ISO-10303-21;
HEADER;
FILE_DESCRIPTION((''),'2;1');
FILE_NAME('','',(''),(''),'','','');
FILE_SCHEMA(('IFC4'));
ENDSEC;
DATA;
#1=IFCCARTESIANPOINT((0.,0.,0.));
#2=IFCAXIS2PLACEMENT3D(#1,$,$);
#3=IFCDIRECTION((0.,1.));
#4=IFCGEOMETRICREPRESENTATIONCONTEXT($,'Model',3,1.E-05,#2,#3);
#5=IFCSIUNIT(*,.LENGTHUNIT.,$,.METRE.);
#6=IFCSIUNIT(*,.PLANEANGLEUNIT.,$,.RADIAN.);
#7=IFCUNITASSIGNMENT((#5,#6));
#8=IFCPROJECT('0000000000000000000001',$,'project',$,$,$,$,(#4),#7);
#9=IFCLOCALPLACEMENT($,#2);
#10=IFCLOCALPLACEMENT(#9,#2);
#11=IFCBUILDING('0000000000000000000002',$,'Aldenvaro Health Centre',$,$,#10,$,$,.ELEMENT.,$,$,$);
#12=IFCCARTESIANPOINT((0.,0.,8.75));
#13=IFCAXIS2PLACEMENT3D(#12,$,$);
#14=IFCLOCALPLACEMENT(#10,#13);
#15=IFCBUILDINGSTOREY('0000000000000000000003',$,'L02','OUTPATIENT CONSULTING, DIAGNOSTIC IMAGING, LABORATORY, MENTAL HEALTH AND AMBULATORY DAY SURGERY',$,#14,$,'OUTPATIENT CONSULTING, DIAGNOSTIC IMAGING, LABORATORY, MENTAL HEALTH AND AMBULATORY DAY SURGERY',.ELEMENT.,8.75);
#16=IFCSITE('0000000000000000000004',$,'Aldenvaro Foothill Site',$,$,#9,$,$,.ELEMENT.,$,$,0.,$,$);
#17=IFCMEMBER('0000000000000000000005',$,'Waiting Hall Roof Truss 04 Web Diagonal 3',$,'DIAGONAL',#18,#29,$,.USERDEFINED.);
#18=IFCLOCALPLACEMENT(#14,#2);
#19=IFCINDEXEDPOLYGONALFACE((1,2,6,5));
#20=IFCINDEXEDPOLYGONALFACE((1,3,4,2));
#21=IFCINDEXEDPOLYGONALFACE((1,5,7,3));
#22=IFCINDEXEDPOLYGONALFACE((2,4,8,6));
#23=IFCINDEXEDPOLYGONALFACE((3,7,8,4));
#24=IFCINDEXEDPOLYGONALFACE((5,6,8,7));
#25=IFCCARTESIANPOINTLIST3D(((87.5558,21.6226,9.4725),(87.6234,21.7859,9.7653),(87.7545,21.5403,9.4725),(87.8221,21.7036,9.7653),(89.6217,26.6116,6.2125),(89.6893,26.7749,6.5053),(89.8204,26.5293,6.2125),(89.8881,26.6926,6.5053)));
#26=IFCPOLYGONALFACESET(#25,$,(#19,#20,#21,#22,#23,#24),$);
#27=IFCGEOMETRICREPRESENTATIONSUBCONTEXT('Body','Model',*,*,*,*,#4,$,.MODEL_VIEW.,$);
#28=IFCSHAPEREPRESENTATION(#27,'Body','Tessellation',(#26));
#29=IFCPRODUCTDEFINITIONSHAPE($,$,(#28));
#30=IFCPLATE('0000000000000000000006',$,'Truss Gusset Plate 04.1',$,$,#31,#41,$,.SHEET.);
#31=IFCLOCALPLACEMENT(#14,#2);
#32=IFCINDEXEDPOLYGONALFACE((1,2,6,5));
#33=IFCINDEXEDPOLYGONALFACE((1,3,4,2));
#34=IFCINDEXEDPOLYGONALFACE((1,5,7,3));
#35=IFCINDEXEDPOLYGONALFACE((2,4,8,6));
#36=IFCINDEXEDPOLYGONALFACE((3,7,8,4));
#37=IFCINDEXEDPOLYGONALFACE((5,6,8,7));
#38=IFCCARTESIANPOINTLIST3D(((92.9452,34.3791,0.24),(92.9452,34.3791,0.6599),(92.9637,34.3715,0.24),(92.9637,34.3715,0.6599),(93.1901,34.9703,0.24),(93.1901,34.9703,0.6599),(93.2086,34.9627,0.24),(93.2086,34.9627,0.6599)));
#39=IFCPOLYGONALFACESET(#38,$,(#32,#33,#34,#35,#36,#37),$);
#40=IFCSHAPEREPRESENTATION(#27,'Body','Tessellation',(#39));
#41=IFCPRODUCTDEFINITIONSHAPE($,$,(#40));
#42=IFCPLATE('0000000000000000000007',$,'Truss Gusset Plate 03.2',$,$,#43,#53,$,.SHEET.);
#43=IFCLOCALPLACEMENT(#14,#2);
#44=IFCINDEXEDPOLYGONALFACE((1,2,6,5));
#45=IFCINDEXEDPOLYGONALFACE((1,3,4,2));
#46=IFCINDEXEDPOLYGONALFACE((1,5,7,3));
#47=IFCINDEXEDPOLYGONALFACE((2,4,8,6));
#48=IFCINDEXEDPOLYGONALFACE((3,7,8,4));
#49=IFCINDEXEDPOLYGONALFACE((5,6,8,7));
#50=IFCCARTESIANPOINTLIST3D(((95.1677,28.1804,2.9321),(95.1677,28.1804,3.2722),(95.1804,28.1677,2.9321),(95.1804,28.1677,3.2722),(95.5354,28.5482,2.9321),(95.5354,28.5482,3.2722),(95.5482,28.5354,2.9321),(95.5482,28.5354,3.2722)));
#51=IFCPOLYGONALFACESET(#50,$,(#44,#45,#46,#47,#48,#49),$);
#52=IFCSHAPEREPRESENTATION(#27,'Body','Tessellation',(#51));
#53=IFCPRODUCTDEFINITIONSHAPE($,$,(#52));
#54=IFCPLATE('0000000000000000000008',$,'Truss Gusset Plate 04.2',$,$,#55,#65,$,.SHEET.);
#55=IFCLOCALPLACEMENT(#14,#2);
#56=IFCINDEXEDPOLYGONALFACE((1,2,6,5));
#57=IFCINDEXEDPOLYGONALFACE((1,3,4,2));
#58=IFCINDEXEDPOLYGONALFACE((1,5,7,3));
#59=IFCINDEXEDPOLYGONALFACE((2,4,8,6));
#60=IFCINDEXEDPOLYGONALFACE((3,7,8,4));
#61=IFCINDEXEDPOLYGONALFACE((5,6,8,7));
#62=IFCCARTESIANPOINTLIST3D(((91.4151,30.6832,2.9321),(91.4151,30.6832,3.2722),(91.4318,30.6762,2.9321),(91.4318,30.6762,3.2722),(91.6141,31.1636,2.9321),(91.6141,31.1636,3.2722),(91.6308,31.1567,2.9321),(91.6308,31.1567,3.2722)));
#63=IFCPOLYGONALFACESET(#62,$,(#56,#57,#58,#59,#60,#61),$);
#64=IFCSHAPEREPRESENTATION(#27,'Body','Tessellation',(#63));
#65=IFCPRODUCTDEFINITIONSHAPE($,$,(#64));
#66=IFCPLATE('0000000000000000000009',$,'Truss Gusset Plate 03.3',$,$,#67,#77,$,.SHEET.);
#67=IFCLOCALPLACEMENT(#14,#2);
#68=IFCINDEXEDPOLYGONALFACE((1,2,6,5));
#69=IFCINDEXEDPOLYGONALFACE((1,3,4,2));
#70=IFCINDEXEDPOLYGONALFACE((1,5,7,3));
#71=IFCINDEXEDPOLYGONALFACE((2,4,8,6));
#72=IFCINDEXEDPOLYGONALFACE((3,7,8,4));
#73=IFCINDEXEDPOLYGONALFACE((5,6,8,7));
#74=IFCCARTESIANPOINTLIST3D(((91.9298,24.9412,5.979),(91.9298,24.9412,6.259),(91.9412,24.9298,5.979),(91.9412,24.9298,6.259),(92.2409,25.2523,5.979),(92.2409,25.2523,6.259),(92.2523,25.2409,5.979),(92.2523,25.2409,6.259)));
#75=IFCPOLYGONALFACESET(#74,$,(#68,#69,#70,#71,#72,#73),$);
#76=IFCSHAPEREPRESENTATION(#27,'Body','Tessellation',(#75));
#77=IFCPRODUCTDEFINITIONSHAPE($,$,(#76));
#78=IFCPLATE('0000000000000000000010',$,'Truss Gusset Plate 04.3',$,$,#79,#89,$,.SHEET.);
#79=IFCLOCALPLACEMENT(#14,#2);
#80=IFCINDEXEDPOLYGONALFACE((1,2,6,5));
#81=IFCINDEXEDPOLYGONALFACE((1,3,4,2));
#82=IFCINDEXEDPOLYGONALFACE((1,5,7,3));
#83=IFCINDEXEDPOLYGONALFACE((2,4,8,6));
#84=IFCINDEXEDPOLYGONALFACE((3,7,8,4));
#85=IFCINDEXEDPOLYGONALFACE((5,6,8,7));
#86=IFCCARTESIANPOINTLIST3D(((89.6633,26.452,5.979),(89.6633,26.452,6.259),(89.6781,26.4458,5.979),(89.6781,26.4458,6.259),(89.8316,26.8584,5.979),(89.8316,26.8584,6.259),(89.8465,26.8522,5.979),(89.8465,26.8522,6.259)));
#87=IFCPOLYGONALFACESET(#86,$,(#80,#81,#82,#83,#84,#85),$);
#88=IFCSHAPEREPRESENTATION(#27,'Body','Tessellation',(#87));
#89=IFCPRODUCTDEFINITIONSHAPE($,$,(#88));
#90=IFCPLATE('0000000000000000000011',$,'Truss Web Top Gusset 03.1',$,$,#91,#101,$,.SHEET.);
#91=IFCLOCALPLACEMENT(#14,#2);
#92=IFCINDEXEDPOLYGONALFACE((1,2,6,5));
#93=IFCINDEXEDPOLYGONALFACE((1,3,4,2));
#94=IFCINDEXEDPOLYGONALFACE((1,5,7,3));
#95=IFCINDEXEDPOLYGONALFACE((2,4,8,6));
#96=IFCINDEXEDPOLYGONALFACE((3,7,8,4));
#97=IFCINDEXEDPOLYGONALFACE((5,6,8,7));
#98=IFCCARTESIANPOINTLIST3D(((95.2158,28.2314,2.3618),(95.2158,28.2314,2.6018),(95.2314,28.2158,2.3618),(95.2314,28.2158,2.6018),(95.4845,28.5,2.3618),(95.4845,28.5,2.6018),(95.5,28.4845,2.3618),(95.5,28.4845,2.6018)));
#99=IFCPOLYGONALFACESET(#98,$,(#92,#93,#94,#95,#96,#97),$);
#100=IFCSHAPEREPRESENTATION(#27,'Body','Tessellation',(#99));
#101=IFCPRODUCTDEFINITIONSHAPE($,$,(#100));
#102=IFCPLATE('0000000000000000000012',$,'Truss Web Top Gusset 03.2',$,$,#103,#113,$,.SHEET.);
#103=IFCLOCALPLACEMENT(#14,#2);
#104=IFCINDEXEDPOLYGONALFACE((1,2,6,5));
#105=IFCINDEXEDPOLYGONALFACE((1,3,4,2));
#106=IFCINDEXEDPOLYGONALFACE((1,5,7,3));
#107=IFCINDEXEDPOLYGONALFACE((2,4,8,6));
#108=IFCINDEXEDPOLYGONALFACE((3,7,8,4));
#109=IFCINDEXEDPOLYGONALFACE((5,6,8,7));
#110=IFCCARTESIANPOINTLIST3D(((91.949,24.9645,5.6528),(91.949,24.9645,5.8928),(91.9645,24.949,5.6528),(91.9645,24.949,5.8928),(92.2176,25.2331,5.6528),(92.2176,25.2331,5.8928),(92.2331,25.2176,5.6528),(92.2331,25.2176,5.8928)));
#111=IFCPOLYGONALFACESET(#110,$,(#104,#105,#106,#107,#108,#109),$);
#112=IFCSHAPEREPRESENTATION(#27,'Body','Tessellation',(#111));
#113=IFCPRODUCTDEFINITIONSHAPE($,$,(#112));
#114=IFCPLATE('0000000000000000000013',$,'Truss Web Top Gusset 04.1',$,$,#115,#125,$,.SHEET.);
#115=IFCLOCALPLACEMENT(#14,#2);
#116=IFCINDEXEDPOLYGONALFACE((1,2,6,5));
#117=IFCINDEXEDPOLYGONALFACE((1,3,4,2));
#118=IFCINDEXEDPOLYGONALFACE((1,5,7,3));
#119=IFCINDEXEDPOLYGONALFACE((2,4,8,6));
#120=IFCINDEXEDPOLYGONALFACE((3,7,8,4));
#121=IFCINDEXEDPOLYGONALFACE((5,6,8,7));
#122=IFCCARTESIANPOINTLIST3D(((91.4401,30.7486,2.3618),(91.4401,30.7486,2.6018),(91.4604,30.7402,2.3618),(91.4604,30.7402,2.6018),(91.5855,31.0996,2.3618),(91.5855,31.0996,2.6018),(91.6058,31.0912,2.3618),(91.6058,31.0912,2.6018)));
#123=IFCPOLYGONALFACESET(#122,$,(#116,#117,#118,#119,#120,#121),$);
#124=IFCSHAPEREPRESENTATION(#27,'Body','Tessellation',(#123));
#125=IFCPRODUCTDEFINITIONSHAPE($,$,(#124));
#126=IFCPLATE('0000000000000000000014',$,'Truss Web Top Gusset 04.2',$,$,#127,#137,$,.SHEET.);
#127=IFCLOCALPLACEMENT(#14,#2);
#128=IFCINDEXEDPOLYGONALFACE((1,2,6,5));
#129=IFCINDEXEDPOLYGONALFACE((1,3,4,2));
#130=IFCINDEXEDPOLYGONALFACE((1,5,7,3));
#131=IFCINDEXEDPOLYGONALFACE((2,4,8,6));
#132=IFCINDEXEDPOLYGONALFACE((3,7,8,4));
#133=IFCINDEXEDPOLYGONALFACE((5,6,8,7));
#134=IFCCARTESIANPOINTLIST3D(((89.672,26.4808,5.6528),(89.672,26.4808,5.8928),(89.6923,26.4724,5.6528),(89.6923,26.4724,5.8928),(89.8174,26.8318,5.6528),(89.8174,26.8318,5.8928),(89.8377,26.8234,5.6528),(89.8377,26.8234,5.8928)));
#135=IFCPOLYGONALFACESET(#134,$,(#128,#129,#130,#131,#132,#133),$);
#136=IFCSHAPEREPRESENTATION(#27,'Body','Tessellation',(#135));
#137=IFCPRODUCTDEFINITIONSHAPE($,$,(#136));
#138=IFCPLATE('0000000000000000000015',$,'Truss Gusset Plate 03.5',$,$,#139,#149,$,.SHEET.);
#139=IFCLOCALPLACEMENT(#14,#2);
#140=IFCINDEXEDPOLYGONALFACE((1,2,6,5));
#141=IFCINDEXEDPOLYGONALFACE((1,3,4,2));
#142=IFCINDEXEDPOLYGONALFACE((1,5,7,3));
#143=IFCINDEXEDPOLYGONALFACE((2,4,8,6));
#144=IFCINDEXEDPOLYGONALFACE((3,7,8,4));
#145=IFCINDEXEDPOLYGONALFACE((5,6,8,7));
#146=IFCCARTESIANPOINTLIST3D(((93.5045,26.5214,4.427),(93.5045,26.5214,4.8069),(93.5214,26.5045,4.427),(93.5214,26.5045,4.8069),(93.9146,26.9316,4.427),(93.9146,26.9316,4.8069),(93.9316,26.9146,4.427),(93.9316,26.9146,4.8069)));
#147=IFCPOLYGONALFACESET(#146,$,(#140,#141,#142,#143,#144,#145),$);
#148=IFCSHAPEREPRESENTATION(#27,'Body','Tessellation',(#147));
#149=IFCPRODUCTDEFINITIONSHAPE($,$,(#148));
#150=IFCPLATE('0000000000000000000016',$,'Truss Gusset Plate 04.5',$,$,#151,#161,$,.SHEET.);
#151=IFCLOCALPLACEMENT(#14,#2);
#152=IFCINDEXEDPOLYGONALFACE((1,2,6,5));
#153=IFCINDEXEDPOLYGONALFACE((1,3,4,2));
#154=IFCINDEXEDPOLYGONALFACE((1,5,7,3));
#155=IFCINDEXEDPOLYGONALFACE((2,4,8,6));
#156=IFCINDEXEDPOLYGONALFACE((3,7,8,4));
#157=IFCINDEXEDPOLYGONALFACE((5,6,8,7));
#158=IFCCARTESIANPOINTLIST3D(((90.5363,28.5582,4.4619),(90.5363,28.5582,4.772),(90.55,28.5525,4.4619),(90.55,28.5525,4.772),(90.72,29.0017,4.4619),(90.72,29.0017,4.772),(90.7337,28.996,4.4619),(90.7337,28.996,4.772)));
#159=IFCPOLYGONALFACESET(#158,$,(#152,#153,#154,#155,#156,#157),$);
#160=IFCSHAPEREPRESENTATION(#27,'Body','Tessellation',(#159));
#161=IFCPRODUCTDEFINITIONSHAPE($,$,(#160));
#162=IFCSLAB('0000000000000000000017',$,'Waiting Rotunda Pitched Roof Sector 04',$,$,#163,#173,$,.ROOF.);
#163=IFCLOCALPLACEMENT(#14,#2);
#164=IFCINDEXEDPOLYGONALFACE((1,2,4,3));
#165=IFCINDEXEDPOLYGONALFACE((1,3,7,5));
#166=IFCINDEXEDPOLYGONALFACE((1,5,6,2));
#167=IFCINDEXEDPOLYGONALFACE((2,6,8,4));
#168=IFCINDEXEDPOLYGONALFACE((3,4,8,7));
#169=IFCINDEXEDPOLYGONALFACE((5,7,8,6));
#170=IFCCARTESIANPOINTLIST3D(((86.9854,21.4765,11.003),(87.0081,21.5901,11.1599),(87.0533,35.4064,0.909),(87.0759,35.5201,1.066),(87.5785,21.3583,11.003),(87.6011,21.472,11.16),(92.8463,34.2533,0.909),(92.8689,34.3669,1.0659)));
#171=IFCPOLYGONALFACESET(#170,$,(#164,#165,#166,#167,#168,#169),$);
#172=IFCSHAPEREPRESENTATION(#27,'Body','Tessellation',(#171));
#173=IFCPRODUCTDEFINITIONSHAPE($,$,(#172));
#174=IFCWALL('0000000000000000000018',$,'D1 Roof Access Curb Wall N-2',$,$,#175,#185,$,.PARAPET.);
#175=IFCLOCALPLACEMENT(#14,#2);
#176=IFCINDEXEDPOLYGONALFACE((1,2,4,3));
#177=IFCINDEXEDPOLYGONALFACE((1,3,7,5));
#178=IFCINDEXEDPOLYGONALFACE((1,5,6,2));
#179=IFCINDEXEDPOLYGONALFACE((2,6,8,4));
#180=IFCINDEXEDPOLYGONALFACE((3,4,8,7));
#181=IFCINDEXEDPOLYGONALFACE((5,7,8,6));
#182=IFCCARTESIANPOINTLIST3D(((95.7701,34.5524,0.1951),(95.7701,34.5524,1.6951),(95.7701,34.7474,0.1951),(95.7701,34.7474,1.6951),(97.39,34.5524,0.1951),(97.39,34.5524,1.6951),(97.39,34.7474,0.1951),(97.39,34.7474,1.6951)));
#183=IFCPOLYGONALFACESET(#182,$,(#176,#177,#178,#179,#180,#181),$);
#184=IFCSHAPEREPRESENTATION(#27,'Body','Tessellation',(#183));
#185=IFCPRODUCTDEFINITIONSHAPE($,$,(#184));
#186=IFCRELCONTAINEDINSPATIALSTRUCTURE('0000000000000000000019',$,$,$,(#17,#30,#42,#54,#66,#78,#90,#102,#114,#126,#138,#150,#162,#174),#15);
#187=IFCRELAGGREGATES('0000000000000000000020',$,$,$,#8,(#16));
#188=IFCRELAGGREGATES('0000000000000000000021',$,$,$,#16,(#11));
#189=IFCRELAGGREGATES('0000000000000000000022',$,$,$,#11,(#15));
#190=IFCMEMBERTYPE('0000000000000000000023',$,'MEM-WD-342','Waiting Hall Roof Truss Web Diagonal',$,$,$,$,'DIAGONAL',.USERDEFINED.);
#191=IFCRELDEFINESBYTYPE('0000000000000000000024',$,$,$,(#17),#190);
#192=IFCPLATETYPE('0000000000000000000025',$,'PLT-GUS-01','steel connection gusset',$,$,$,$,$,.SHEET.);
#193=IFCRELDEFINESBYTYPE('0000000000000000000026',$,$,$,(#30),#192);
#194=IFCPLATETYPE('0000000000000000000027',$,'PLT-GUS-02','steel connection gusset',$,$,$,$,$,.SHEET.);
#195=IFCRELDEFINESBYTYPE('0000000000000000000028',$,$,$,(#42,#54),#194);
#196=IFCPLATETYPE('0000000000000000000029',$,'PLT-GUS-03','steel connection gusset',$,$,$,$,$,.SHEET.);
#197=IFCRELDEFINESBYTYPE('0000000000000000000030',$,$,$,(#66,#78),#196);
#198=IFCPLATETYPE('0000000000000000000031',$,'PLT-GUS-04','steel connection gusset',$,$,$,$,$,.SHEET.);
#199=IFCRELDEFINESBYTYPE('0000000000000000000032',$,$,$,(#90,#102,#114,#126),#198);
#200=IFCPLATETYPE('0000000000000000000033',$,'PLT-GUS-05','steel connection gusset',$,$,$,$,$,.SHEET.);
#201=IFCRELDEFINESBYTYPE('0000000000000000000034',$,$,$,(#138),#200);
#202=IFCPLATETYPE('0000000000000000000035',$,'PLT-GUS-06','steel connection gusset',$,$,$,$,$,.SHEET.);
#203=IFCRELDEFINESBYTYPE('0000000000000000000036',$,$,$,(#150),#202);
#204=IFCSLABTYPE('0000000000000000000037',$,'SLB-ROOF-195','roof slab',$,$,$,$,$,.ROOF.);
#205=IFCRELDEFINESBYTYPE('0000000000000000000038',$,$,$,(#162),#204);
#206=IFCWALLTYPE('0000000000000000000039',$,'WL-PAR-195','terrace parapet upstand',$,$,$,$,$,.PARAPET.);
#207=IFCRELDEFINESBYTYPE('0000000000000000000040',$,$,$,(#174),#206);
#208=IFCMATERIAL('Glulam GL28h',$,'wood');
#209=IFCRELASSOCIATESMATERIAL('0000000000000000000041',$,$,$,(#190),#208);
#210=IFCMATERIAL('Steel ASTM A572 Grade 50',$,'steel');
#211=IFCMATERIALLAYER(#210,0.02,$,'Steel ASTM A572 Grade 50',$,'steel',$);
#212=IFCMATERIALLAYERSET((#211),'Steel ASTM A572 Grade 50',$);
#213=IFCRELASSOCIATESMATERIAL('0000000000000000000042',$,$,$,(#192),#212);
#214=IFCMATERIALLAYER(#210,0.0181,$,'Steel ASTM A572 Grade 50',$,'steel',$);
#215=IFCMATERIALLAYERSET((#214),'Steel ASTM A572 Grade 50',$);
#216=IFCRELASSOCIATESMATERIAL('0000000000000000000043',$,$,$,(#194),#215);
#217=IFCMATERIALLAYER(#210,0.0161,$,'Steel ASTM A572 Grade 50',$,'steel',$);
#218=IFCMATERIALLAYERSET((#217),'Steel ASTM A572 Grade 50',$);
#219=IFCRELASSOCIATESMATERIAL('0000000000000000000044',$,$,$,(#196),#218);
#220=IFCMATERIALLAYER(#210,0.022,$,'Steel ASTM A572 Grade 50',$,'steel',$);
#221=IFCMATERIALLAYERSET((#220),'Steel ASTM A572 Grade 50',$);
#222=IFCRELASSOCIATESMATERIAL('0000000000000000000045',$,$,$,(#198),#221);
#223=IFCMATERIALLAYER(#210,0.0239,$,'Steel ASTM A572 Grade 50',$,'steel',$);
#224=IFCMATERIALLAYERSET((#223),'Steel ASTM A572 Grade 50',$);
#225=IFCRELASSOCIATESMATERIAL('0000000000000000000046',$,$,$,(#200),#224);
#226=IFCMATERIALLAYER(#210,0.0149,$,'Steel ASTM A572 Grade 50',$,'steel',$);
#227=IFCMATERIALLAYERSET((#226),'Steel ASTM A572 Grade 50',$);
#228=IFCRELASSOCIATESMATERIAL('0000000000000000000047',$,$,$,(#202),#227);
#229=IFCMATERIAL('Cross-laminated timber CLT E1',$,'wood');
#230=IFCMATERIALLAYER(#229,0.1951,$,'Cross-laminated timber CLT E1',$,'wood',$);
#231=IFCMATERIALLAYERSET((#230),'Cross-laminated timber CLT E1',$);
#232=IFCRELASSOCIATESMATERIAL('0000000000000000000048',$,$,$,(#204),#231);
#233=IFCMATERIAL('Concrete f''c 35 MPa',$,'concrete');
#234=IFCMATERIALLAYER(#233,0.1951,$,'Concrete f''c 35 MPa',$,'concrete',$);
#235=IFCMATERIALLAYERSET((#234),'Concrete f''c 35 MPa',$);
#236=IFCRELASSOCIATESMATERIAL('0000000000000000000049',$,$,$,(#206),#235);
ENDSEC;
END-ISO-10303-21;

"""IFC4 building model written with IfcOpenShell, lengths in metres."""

from ifc_helpers import new_model, si_unit, direction, frame, frame_2d, origin, origin_2d, place, context, subcontext, project, spatial, polyline, rectangle, outline, extrude, material, layer, layer_set, material_profile, profile_set, type_object, element, save


model = new_model("IFC4")

# Units and contexts
model_context = context("Model", 3, precision=1e-05, world=origin(), true_north=direction((0.0, 1.0)))
body_context = subcontext(model_context, "Body", "Model", "MODEL_VIEW")
ifc_project = project(units=[si_unit("LENGTHUNIT", "METRE"), si_unit("PLANEANGLEUNIT", "RADIAN")], contexts=[model_context])

# Site, building, storey
site_placement = place(None, origin())
site = spatial("IfcSite", under=ifc_project, at=site_placement, Name="Aldenvaro Foothill Site", CompositionType="ELEMENT", RefElevation=0.0)
building_placement = place(site_placement, origin())
building = spatial("IfcBuilding", under=site, at=building_placement, Name="Aldenvaro Health Centre", CompositionType="ELEMENT")
storey_placement = place(building_placement, frame((0.0, 0.0, 8.75)))
storey = spatial("IfcBuildingStorey", under=building, at=storey_placement, Name="L02", Description="OUTPATIENT CONSULTING, DIAGNOSTIC IMAGING, LABORATORY, MENTAL HEALTH AND AMBULATORY DAY SURGERY", LongName="OUTPATIENT CONSULTING, DIAGNOSTIC IMAGING, LABORATORY, MENTAL HEALTH AND AMBULATORY DAY SURGERY", CompositionType="ELEMENT", Elevation=8.75)

# Shared definitions
ifc_material_1 = material(Name="Glulam GL28h", Category="wood")

# Member
ifc_material_profile_1 = material_profile(ifc_material_1, rectangle(XDim=0.2151, YDim=0.342, at=origin_2d()), Name="GL 215x342", Category="wood")
ifc_profile_set_1 = profile_set([ifc_material_profile_1], Name="Glulam GL28h")
member_type_1 = type_object("IfcMemberType", Name="MEM-WD-342", Description="Waiting Hall Roof Truss Web Diagonal", ElementType="DIAGONAL", PredefinedType="USERDEFINED", material=ifc_profile_set_1)
member_1_placement = place(storey_placement, frame((89.7549, 26.6521, 6.3589), z_axis=(-0.327528, -0.790952, 0.516838), x_axis=(0.923919, -0.382589, 0.0)))
element("IfcMember", 1, at=member_1_placement, inside=storey, type_object=member_type_1, Name="Waiting Hall Roof Truss 04 Web Diagonal 3", ObjectType="DIAGONAL", PredefinedType="USERDEFINED", context=body_context, shape_type="SweptSolid", body=[
    extrude(rectangle(XDim=0.2151, YDim=0.342, at=origin_2d()), origin(), (0.0, 0.0, 1.0), 6.3076),
])

# Plates
ifc_material_2 = material(Name="Steel ASTM A572 Grade 50", Category="steel")
ifc_layer_1 = layer(ifc_material_2, 0.02, Name="Steel ASTM A572 Grade 50", Category="steel")
ifc_layer_set_1 = layer_set([ifc_layer_1], Name="Steel ASTM A572 Grade 50")
plate_type_1 = type_object("IfcPlateType", Name="PLT-GUS-01", Description="steel connection gusset", PredefinedType="SHEET", material=ifc_layer_set_1)
plate_1_placement = place(storey_placement, frame((93.0769, 34.6709, 0.24), z_axis=(0.0, 0.0, 1.0), x_axis=(0.382683, 0.92388, 0.0)))
element("IfcPlate", 2, at=plate_1_placement, inside=storey, type_object=plate_type_1, Name="Truss Gusset Plate 04.1", PredefinedType="SHEET", context=body_context, shape_type="SweptSolid", body=[
    extrude(rectangle(XDim=0.6399, YDim=0.02, at=origin_2d()), origin(), (0.0, 0.0, 1.0), 0.4199),
])
ifc_layer_2 = layer(ifc_material_2, 0.0181, Name="Steel ASTM A572 Grade 50", Category="steel")
ifc_layer_set_2 = layer_set([ifc_layer_2], Name="Steel ASTM A572 Grade 50")
plate_type_2 = type_object("IfcPlateType", Name="PLT-GUS-02", Description="steel connection gusset", PredefinedType="SHEET", material=ifc_layer_set_2)
for number, where, z_axis, x_axis, name in (
    (3, (95.3579, 28.3579, 2.9321), (0.0, 0.0, 1.0), (0.707107, 0.707107, 0.0), "Truss Gusset Plate 03.2"),
    (4, (91.5229, 30.9199, 2.9321), (0.0, 0.0, 1.0), (0.382683, 0.92388, 0.0), "Truss Gusset Plate 04.2"),
):
    element("IfcPlate", number, at=place(storey_placement, frame(where, z_axis=z_axis, x_axis=x_axis)), inside=storey, type_object=plate_type_2, Name=name, PredefinedType="SHEET", context=body_context, shape_type="SweptSolid", body=[
        extrude(rectangle(XDim=0.52, YDim=0.0181, at=origin_2d()), origin(), (0.0, 0.0, 1.0), 0.3401),
    ])
ifc_layer_3 = layer(ifc_material_2, 0.0161, Name="Steel ASTM A572 Grade 50", Category="steel")
ifc_layer_set_3 = layer_set([ifc_layer_3], Name="Steel ASTM A572 Grade 50")
plate_type_3 = type_object("IfcPlateType", Name="PLT-GUS-03", Description="steel connection gusset", PredefinedType="SHEET", material=ifc_layer_set_3)
for number, where, z_axis, x_axis, name in (
    (5, (92.0911, 25.0911, 5.979), (0.0, 0.0, 1.0), (0.707107, 0.707107, 0.0), "Truss Gusset Plate 03.3"),
    (6, (89.7549, 26.6521, 5.979), (0.0, 0.0, 1.0), (0.382683, 0.92388, 0.0), "Truss Gusset Plate 04.3"),
):
    element("IfcPlate", number, at=place(storey_placement, frame(where, z_axis=z_axis, x_axis=x_axis)), inside=storey, type_object=plate_type_3, Name=name, PredefinedType="SHEET", context=body_context, shape_type="SweptSolid", body=[
        extrude(rectangle(XDim=0.4399, YDim=0.0161, at=origin_2d()), origin(), (0.0, 0.0, 1.0), 0.28),
    ])
ifc_layer_4 = layer(ifc_material_2, 0.022, Name="Steel ASTM A572 Grade 50", Category="steel")
ifc_layer_set_4 = layer_set([ifc_layer_4], Name="Steel ASTM A572 Grade 50")
plate_type_4 = type_object("IfcPlateType", Name="PLT-GUS-04", Description="steel connection gusset", PredefinedType="SHEET", material=ifc_layer_set_4)
for number, where, z_axis, x_axis, name in (
    (7, (95.3579, 28.3579, 2.3618), (0.0, 0.0, 1.0), (0.707107, 0.707107, 0.0), "Truss Web Top Gusset 03.1"),
    (8, (92.0911, 25.0911, 5.6528), (0.0, 0.0, 1.0), (0.707107, 0.707107, 0.0), "Truss Web Top Gusset 03.2"),
    (9, (91.5229, 30.9199, 2.3618), (0.0, 0.0, 1.0), (0.382683, 0.92388, 0.0), "Truss Web Top Gusset 04.1"),
    (10, (89.7549, 26.6521, 5.6528), (0.0, 0.0, 1.0), (0.382683, 0.92388, 0.0), "Truss Web Top Gusset 04.2"),
):
    element("IfcPlate", number, at=place(storey_placement, frame(where, z_axis=z_axis, x_axis=x_axis)), inside=storey, type_object=plate_type_4, Name=name, PredefinedType="SHEET", context=body_context, shape_type="SweptSolid", body=[
        extrude(rectangle(XDim=0.3799, YDim=0.022, at=origin_2d()), origin(), (0.0, 0.0, 1.0), 0.24),
    ])
ifc_layer_5 = layer(ifc_material_2, 0.0239, Name="Steel ASTM A572 Grade 50", Category="steel")
ifc_layer_set_5 = layer_set([ifc_layer_5], Name="Steel ASTM A572 Grade 50")
plate_type_5 = type_object("IfcPlateType", Name="PLT-GUS-05", Description="steel connection gusset", PredefinedType="SHEET", material=ifc_layer_set_5)
plate_2_placement = place(storey_placement, frame((93.718, 26.718, 4.427), z_axis=(0.0, 0.0, 1.0), x_axis=(0.707107, 0.707107, 0.0)))
element("IfcPlate", 11, at=plate_2_placement, inside=storey, type_object=plate_type_5, Name="Truss Gusset Plate 03.5", PredefinedType="SHEET", context=body_context, shape_type="SweptSolid", body=[
    extrude(rectangle(XDim=0.5801, YDim=0.0239, at=origin_2d()), origin(), (0.0, 0.0, 1.0), 0.3799),
])
ifc_layer_6 = layer(ifc_material_2, 0.0149, Name="Steel ASTM A572 Grade 50", Category="steel")
ifc_layer_set_6 = layer_set([ifc_layer_6], Name="Steel ASTM A572 Grade 50")
plate_type_6 = type_object("IfcPlateType", Name="PLT-GUS-06", Description="steel connection gusset", PredefinedType="SHEET", material=ifc_layer_set_6)
plate_3_placement = place(storey_placement, frame((90.635, 28.7771, 4.4619), z_axis=(0.0, 0.0, 1.0), x_axis=(0.382683, 0.92388, 0.0)))
element("IfcPlate", 12, at=plate_3_placement, inside=storey, type_object=plate_type_6, Name="Truss Gusset Plate 04.5", PredefinedType="SHEET", context=body_context, shape_type="SweptSolid", body=[
    extrude(rectangle(XDim=0.48, YDim=0.0149, at=origin_2d()), origin(), (0.0, 0.0, 1.0), 0.3101),
])

# Slab
ifc_material_3 = material(Name="Cross-laminated timber CLT E1", Category="wood")
ifc_layer_7 = layer(ifc_material_3, 0.1951, Name="Cross-laminated timber CLT E1", Category="wood")
ifc_layer_set_7 = layer_set([ifc_layer_7], Name="Cross-laminated timber CLT E1")
slab_type = type_object("IfcSlabType", Name="SLB-ROOF-195", Description="roof slab", PredefinedType="ROOF", material=ifc_layer_set_7)
slab_placement = place(storey_placement, frame((92.8689, 34.3669, 1.0659), z_axis=(0.115944, 0.582438, 0.804564), x_axis=(-0.980759, 0.195224, 0.000009)))
element("IfcSlab", 13, at=slab_placement, inside=storey, type_object=slab_type, Name="Waiting Rotunda Pitched Roof Sector 04", PredefinedType="ROOF", context=body_context, shape_type="SweptSolid", body=[
    extrude(outline(polyline([(0.0, 0.0), (5.9066, 0.0), (3.2538, 16.997), (2.6491, 16.9971), (0.0, 0.0)])), origin(), (0.0, 0.0, -1.0), 0.1951),
])

# Wall
ifc_material_4 = material(Name="Concrete f'c 35 MPa", Category="concrete")
ifc_layer_8 = layer(ifc_material_4, 0.1951, Name="Concrete f'c 35 MPa", Category="concrete")
ifc_layer_set_8 = layer_set([ifc_layer_8], Name="Concrete f'c 35 MPa")
wall_type_1 = type_object("IfcWallType", Name="WL-PAR-195", Description="terrace parapet upstand", PredefinedType="PARAPET", material=ifc_layer_set_8)
wall_1_placement = place(storey_placement, frame((95.77, 34.6499, 0.1951), z_axis=(0.0, 0.0, 1.0), x_axis=(1.0, 0.0, 0.0)))
element("IfcWall", 14, at=wall_1_placement, inside=storey, type_object=wall_type_1, Name="D1 Roof Access Curb Wall N-2", PredefinedType="PARAPET", context=body_context, shape_type="SweptSolid", body=[
    extrude(rectangle(XDim=1.6199, YDim=0.1951, at=frame_2d((0.8101, 0.0))), origin(), (0.0, 0.0, 1.0), 1.5),
])

save(model, "model.ifc")
